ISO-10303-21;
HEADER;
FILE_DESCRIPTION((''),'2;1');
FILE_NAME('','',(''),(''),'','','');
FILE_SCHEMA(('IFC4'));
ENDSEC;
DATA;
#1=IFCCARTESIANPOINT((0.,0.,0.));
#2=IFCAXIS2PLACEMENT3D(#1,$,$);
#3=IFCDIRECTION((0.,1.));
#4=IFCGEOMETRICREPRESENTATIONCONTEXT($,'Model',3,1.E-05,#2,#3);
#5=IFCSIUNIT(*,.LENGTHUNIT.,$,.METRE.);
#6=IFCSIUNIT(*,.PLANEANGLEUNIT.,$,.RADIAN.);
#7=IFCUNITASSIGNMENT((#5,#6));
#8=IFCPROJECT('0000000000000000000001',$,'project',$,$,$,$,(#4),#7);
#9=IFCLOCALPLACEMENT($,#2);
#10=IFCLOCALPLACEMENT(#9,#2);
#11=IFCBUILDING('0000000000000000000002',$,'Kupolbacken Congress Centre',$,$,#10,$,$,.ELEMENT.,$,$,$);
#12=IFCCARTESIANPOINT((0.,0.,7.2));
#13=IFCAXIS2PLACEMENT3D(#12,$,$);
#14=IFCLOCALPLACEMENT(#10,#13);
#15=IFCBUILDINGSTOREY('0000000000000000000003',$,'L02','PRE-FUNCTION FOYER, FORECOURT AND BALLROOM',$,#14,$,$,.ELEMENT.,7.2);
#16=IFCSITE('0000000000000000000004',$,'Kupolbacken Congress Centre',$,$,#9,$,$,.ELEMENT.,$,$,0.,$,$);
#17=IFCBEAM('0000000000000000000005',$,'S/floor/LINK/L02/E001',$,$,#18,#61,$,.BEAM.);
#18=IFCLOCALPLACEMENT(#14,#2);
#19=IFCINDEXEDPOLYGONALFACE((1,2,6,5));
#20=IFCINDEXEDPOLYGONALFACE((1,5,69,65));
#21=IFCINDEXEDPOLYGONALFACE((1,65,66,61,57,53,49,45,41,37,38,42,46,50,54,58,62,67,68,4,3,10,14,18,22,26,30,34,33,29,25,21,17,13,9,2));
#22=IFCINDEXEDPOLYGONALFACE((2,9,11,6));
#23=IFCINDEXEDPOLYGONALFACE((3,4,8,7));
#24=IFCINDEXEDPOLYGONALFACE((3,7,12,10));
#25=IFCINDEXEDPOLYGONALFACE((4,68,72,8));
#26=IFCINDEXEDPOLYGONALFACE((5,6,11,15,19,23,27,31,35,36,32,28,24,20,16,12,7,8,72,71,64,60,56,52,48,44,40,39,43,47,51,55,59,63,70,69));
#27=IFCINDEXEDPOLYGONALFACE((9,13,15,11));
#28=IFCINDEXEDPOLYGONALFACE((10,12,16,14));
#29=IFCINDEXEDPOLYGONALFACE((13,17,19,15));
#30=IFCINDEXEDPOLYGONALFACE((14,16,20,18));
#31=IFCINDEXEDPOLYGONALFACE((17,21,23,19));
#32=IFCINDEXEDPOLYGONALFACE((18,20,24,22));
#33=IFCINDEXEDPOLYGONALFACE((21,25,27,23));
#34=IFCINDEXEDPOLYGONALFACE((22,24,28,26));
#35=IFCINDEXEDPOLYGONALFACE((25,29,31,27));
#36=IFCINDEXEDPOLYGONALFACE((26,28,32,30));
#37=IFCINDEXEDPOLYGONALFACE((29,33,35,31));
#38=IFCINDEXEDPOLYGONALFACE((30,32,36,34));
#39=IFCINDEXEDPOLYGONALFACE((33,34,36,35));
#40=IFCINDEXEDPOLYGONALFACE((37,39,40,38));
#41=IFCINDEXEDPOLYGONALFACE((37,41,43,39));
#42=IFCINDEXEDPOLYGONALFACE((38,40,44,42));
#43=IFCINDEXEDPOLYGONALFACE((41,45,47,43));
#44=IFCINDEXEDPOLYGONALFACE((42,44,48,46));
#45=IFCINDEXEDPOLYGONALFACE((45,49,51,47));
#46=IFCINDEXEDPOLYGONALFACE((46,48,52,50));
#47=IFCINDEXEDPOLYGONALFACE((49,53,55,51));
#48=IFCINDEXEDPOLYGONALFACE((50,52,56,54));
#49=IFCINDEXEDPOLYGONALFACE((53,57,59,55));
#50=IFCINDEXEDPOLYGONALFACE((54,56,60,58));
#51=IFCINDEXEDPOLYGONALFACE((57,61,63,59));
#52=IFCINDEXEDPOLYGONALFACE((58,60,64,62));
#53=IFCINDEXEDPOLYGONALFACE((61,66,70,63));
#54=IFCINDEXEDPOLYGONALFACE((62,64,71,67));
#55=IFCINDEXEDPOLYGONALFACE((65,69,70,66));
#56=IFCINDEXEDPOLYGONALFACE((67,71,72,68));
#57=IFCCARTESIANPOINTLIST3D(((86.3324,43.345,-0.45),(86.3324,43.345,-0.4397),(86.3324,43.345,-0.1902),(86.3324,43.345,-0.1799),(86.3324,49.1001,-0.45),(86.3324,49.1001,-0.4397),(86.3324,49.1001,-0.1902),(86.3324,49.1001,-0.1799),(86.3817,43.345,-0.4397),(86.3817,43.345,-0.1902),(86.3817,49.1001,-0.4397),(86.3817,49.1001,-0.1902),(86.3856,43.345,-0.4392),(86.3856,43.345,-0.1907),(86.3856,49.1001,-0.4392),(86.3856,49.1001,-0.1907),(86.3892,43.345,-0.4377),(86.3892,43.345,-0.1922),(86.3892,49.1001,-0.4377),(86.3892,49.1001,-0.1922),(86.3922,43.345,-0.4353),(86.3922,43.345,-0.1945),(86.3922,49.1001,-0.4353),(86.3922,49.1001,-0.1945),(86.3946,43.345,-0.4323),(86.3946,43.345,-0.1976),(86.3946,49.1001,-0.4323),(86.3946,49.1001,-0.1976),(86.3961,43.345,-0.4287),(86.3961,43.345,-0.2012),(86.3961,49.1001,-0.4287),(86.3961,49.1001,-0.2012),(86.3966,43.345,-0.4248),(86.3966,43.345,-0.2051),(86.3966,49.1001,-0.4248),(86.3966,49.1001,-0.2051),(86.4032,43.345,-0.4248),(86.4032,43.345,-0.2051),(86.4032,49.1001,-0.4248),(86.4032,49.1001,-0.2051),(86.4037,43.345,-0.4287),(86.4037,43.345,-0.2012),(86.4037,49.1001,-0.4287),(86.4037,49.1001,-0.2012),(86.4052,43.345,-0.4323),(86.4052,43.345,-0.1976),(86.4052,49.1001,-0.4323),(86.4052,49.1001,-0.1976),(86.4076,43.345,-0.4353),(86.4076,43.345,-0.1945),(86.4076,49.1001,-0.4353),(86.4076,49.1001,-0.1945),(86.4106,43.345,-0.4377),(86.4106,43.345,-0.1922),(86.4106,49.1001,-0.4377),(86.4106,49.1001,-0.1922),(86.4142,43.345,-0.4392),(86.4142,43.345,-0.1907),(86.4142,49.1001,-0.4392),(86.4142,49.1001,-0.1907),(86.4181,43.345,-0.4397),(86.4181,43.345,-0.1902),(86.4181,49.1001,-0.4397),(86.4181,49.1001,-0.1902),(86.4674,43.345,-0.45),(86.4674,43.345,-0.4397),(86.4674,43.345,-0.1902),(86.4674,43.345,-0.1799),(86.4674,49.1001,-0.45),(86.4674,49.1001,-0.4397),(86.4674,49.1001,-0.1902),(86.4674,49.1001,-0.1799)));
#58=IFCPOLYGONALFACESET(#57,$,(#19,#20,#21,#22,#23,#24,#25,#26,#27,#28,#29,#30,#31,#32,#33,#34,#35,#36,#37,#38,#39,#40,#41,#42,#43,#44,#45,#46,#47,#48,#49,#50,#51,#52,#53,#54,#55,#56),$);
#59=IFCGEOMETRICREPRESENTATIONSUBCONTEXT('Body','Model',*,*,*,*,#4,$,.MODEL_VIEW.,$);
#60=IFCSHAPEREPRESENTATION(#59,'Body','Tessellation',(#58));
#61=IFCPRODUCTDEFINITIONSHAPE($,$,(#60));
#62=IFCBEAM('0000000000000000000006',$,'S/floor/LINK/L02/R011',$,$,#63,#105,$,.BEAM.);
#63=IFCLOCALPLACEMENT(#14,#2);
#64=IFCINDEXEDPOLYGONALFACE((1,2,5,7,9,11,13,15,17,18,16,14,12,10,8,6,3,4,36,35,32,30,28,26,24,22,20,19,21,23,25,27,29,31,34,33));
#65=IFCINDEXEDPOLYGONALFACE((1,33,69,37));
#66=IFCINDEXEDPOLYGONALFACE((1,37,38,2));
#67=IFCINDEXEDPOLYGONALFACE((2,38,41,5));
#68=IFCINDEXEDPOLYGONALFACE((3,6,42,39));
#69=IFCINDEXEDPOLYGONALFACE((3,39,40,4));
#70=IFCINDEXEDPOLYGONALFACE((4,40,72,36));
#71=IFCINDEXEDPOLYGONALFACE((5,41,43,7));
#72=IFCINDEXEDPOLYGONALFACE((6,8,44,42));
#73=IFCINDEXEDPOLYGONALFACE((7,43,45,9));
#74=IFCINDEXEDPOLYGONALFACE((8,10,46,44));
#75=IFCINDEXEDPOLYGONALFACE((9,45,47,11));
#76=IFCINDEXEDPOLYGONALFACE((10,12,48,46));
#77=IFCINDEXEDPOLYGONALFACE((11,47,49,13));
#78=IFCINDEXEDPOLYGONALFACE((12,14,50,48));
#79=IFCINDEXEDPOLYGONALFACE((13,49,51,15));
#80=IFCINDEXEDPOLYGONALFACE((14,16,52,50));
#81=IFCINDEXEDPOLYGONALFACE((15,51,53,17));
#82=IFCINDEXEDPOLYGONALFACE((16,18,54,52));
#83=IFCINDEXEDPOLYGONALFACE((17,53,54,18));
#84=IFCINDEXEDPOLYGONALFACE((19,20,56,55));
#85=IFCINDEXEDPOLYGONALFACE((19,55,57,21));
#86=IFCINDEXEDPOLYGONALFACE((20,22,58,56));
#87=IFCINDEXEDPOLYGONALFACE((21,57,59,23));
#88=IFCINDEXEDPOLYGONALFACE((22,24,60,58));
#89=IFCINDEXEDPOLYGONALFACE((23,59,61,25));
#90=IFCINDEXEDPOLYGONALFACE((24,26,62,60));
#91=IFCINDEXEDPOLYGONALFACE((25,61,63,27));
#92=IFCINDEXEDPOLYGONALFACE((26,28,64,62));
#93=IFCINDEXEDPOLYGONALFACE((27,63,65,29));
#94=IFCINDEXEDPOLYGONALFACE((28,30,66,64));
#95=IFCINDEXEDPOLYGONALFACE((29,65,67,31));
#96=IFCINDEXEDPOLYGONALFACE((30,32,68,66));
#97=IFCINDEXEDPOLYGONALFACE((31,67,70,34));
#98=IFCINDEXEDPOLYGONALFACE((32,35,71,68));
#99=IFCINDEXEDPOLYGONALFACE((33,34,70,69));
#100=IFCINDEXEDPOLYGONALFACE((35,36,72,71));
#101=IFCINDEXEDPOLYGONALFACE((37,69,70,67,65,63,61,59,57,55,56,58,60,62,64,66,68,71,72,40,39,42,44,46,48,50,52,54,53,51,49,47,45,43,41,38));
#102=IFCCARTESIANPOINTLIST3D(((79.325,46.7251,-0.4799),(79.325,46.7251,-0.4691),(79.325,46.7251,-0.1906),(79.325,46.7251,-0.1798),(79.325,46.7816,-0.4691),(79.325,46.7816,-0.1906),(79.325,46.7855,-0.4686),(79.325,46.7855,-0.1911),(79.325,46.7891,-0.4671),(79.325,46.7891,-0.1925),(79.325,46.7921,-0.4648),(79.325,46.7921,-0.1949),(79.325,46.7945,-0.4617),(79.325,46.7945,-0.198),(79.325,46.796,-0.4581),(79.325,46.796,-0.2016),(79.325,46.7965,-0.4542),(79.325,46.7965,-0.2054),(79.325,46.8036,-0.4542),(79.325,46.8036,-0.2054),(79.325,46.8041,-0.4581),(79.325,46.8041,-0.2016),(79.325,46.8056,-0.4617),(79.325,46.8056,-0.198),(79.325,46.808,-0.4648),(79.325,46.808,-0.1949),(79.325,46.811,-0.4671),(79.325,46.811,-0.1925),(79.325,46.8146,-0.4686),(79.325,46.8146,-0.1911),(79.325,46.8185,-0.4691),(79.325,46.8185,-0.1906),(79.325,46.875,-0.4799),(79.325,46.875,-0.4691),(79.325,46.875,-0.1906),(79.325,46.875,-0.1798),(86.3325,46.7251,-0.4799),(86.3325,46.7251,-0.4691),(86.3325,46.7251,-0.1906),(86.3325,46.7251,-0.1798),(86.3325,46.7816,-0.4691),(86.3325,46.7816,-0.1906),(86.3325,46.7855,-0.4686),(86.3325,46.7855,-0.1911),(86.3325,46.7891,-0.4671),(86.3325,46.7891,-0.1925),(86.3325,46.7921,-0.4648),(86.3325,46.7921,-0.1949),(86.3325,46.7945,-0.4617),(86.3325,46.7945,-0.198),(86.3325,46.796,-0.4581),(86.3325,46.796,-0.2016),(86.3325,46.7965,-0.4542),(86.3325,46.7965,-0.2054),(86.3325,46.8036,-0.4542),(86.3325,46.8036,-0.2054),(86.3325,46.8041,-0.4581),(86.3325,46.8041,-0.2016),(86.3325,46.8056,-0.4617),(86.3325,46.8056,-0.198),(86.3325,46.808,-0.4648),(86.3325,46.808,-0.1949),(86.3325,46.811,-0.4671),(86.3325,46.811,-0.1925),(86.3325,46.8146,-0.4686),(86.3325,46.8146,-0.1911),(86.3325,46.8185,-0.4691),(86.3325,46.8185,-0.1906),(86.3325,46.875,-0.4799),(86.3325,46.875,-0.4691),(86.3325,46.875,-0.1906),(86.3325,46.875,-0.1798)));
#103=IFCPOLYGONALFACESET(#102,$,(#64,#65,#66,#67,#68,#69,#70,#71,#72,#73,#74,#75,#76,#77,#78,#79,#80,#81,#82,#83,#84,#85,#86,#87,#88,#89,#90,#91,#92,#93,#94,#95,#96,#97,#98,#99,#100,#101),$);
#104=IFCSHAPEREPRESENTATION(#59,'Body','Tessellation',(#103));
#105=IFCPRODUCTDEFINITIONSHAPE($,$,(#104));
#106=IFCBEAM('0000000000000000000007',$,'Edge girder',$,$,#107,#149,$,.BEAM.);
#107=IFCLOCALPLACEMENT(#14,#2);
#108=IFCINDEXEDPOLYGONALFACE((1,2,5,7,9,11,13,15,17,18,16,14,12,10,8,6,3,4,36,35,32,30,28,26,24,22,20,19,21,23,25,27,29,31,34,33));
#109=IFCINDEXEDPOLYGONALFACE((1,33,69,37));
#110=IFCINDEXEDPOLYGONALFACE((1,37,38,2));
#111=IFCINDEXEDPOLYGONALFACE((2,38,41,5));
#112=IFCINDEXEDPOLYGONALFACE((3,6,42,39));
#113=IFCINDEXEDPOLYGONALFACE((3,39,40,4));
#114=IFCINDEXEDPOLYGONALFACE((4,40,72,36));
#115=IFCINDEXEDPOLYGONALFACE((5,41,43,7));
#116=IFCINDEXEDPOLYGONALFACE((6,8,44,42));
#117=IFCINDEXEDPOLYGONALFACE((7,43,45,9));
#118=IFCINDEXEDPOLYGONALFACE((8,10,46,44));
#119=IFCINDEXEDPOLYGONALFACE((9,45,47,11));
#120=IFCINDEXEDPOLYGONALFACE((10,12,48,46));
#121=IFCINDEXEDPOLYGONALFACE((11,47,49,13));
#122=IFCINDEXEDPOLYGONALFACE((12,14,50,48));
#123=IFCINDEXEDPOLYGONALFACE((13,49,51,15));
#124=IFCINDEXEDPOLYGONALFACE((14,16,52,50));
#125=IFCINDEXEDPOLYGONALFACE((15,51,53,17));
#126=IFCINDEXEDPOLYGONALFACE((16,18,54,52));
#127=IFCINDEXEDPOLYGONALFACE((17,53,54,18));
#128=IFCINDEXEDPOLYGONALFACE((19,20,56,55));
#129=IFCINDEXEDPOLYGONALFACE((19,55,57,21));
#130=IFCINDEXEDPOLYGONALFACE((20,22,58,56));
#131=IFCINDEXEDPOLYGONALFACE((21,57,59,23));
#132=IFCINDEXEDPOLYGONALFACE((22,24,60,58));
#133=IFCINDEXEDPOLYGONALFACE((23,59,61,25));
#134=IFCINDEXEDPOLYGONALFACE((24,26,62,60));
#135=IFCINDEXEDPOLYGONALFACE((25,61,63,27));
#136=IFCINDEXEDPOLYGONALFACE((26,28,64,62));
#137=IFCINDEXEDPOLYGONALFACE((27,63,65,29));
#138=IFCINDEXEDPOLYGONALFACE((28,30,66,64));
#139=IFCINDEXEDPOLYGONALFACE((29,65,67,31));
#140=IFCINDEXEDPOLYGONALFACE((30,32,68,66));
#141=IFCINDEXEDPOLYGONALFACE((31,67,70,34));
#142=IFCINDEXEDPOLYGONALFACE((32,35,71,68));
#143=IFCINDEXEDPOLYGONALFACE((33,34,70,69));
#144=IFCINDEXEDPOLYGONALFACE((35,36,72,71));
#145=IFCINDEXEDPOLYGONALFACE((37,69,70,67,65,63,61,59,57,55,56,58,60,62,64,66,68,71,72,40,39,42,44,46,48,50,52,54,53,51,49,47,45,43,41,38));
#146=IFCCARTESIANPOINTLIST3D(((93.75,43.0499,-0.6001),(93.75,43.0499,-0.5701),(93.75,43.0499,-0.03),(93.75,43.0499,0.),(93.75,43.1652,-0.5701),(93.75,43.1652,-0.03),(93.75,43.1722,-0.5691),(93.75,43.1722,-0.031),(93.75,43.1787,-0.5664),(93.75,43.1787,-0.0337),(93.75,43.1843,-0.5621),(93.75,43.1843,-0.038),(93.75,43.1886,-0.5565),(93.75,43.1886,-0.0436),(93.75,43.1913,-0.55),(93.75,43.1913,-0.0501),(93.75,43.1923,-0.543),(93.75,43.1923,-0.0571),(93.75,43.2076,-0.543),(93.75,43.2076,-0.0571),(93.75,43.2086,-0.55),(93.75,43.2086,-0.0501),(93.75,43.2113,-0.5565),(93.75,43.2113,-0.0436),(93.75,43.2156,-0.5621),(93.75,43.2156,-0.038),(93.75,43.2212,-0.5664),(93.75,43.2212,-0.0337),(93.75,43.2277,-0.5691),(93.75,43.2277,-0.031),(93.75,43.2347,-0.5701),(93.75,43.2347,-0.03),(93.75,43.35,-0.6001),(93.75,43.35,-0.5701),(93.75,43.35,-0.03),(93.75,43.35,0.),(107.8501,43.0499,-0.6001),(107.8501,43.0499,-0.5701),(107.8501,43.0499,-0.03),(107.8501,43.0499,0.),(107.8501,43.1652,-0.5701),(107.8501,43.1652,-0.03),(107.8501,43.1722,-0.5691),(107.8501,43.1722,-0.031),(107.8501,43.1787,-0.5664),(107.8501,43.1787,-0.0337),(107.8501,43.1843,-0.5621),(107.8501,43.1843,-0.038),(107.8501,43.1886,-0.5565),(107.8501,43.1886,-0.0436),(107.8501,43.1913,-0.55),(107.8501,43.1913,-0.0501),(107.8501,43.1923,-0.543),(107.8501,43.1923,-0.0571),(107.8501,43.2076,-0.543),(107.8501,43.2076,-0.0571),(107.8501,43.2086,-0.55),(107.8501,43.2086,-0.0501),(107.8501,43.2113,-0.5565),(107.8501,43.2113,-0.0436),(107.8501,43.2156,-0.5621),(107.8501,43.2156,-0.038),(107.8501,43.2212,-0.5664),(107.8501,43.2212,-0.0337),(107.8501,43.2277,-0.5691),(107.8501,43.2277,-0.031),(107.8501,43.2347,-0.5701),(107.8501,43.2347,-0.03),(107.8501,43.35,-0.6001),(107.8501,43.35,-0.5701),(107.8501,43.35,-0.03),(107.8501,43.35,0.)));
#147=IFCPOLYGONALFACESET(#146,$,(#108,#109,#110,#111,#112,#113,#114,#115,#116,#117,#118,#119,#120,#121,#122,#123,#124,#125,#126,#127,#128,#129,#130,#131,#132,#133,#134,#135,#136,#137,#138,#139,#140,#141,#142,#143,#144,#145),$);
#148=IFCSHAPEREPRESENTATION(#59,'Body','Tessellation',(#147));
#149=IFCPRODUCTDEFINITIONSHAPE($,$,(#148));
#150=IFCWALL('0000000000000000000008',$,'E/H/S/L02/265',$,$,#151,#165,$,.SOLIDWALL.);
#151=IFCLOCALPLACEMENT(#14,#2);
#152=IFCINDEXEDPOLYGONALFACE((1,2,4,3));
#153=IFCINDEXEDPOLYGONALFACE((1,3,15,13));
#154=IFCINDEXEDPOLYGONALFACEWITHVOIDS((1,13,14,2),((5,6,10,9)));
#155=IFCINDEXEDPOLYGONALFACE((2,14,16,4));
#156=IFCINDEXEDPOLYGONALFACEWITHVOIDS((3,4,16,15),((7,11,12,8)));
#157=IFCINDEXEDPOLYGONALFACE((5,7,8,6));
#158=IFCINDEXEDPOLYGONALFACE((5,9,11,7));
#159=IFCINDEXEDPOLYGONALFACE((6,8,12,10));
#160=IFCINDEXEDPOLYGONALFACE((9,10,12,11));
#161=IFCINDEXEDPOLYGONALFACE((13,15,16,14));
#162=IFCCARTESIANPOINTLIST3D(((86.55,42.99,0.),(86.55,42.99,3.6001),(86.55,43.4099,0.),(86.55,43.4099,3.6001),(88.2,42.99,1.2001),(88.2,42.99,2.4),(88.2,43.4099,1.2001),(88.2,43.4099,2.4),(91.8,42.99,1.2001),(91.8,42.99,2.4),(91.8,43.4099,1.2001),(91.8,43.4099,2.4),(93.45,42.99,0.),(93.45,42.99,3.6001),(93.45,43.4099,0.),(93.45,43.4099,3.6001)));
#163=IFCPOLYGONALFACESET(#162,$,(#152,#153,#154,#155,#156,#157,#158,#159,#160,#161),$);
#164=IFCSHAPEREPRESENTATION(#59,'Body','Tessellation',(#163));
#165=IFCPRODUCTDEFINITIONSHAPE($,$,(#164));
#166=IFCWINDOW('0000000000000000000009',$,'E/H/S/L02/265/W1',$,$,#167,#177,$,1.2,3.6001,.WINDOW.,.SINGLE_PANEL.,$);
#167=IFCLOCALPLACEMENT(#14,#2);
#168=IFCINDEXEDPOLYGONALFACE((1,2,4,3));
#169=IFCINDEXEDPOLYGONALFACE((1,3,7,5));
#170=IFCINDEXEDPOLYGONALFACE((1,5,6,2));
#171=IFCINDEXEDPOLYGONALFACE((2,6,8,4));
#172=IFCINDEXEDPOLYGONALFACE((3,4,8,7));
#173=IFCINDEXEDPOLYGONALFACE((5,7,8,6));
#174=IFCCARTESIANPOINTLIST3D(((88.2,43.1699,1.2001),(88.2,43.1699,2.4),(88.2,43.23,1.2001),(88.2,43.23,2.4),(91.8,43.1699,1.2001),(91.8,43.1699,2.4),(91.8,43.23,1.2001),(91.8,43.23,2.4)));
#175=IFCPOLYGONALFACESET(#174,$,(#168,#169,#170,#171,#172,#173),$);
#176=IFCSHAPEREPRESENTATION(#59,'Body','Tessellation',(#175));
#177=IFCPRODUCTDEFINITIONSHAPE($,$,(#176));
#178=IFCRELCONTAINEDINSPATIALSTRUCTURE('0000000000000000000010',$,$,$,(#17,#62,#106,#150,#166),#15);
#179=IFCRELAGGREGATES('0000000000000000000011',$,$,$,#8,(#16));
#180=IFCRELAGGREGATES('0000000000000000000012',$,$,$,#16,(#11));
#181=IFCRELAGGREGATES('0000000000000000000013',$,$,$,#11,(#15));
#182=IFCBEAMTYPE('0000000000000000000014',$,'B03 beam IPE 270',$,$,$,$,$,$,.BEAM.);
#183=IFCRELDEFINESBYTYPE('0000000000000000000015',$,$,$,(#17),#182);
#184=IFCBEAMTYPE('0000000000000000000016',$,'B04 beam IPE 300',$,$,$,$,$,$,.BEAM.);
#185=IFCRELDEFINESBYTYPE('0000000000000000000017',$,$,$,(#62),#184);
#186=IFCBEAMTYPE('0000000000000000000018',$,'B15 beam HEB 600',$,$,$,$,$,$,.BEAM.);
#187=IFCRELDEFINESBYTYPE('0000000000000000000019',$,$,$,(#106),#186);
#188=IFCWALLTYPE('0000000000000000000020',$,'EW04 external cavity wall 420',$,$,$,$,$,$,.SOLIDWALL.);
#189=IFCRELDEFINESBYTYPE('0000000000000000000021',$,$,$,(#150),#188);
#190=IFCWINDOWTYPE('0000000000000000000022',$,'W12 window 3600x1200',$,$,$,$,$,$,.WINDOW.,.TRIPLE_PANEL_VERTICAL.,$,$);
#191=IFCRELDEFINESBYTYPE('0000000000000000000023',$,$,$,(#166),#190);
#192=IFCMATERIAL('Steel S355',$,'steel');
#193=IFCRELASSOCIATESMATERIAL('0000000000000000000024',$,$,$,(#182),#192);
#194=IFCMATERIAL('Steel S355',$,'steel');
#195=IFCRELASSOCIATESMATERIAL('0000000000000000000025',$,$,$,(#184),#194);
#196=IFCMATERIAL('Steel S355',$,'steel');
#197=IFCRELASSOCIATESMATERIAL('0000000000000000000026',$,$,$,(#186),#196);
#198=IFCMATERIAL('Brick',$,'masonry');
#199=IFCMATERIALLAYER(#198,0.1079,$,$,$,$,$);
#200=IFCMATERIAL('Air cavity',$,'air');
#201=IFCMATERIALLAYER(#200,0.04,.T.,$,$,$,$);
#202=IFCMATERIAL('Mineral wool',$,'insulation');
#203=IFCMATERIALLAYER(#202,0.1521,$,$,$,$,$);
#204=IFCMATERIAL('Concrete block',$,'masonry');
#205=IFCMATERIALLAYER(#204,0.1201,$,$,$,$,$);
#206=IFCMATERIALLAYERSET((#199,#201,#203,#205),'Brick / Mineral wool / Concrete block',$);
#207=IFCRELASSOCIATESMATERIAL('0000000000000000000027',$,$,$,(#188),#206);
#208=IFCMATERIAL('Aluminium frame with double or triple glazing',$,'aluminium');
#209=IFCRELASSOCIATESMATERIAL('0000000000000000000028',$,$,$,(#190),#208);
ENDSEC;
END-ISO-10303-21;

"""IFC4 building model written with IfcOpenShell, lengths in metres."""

from ifc_helpers import new_model, si_unit, direction, frame, frame_2d, origin, origin_2d, place, context, subcontext, project, spatial, rectangle, i_section, extrude, material, layer, layer_set, material_profile, profile_set, type_object, element, fill, save


model = new_model("IFC4")

# Units and contexts
model_context = context("Model", 3, precision=1e-05, world=origin(), true_north=direction((0.0, 1.0)))
body_context = subcontext(model_context, "Body", "Model", "MODEL_VIEW")
ifc_project = project(units=[si_unit("LENGTHUNIT", "METRE"), si_unit("PLANEANGLEUNIT", "RADIAN")], contexts=[model_context])

# Site, building, storey
site_placement = place(None, origin())
site = spatial("IfcSite", under=ifc_project, at=site_placement, Name="Kupolbacken Congress Centre", CompositionType="ELEMENT", RefElevation=0.0)
building_placement = place(site_placement, origin())
building = spatial("IfcBuilding", under=site, at=building_placement, Name="Kupolbacken Congress Centre", CompositionType="ELEMENT")
storey_placement = place(building_placement, frame((0.0, 0.0, 7.2)))
storey = spatial("IfcBuildingStorey", under=building, at=storey_placement, Name="L02", Description="PRE-FUNCTION FOYER, FORECOURT AND BALLROOM", CompositionType="ELEMENT", Elevation=7.2)

# Beams
ifc_material_1 = material(Name="Steel S355", Category="steel")
ifc_material_profile_1 = material_profile(ifc_material_1, i_section(OverallWidth=0.135, OverallDepth=0.27, WebThickness=0.0066, FlangeThickness=0.0103, FilletRadius=0.0149, at=origin_2d()), Name="IPE 270")
ifc_profile_set_1 = profile_set([ifc_material_profile_1], Name="Steel S355")
beam_type_1 = type_object("IfcBeamType", Name="B03 beam IPE 270", PredefinedType="BEAM", material=ifc_profile_set_1)
beam_1_placement = place(storey_placement, frame((86.3999, 43.345, -0.3149), z_axis=(0.0, 1.0, 0.0), x_axis=(-1.0, 0.0, 0.0)))
element("IfcBeam", 1, at=beam_1_placement, inside=storey, type_object=beam_type_1, Name="S/floor/LINK/L02/E001", PredefinedType="BEAM", context=body_context, shape_type="SweptSolid", body=[
    extrude(i_section(OverallWidth=0.135, OverallDepth=0.27, WebThickness=0.0066, FlangeThickness=0.0103, FilletRadius=0.0149, at=origin_2d()), origin(), (0.0, 0.0, 1.0), 5.7551),
])
ifc_material_2 = material(Name="Steel S355", Category="steel")
ifc_material_profile_2 = material_profile(ifc_material_2, i_section(OverallWidth=0.1499, OverallDepth=0.3, WebThickness=0.0071, FlangeThickness=0.0107, FilletRadius=0.0149, at=origin_2d()), Name="IPE 300")
ifc_profile_set_2 = profile_set([ifc_material_profile_2], Name="Steel S355")
beam_type_2 = type_object("IfcBeamType", Name="B04 beam IPE 300", PredefinedType="BEAM", material=ifc_profile_set_2)
beam_2_placement = place(storey_placement, frame((79.325, 46.8, -0.3298), z_axis=(1.0, 0.0, 0.0), x_axis=(0.0, 1.0, 0.0)))
element("IfcBeam", 2, at=beam_2_placement, inside=storey, type_object=beam_type_2, Name="S/floor/LINK/L02/R011", PredefinedType="BEAM", context=body_context, shape_type="SweptSolid", body=[
    extrude(i_section(OverallWidth=0.1499, OverallDepth=0.3, WebThickness=0.0071, FlangeThickness=0.0107, FilletRadius=0.0149, at=origin_2d()), origin(), (0.0, 0.0, 1.0), 7.0076),
])
ifc_material_3 = material(Name="Steel S355", Category="steel")
ifc_material_profile_3 = material_profile(ifc_material_3, i_section(OverallWidth=0.3, OverallDepth=0.6001, WebThickness=0.0154, FlangeThickness=0.03, FilletRadius=0.0271, at=origin_2d()), Name="HEB 600")
ifc_profile_set_3 = profile_set([ifc_material_profile_3], Name="Steel S355")
beam_type_3 = type_object("IfcBeamType", Name="B15 beam HEB 600", PredefinedType="BEAM", material=ifc_profile_set_3)
beam_3_placement = place(storey_placement, frame((93.75, 43.2, -0.3), z_axis=(1.0, 0.0, 0.0), x_axis=(0.0, 1.0, 0.0)))
element("IfcBeam", 3, at=beam_3_placement, inside=storey, type_object=beam_type_3, Name="Edge girder", PredefinedType="BEAM", context=body_context, shape_type="SweptSolid", body=[
    extrude(i_section(OverallWidth=0.3, OverallDepth=0.6001, WebThickness=0.0154, FlangeThickness=0.03, FilletRadius=0.0271, at=origin_2d()), origin(), (0.0, 0.0, 1.0), 14.1001),
])

# Wall, opening, window
ifc_material_4 = material(Name="Brick", Category="masonry")
ifc_layer_1 = layer(ifc_material_4, 0.1079)
ifc_material_5 = material(Name="Air cavity", Category="air")
ifc_layer_2 = layer(ifc_material_5, 0.04, ventilated=True)
ifc_material_6 = material(Name="Mineral wool", Category="insulation")
ifc_layer_3 = layer(ifc_material_6, 0.1521)
ifc_material_7 = material(Name="Concrete block", Category="masonry")
ifc_layer_4 = layer(ifc_material_7, 0.1201)
ifc_layer_set_1 = layer_set([ifc_layer_1, ifc_layer_2, ifc_layer_3, ifc_layer_4], Name="Brick / Mineral wool / Concrete block")
wall_type_1 = type_object("IfcWallType", Name="EW04 external cavity wall 420", PredefinedType="SOLIDWALL", material=ifc_layer_set_1)
wall_1_placement = place(storey_placement, frame((86.55, 43.2, 0.0), z_axis=(0.0, 0.0, 1.0), x_axis=(1.0, 0.0, 0.0)))
wall_1 = element("IfcWall", 4, at=wall_1_placement, inside=storey, type_object=wall_type_1, Name="E/H/S/L02/265", PredefinedType="SOLIDWALL", context=body_context, shape_type="SweptSolid", body=[
    extrude(rectangle(XDim=6.8999, YDim=0.4199, at=frame_2d((3.45, 0.0))), origin(), (0.0, 0.0, 1.0), 3.6001),
])
opening_1_placement = place(wall_1_placement, frame((1.6499, 0.0, 1.2)))
opening_1 = element("IfcOpeningElement", 5, at=opening_1_placement, cuts=wall_1, PredefinedType="OPENING", context=body_context, shape_type="SweptSolid", body=[
    extrude(rectangle(XDim=3.6001, YDim=1.2, at=frame_2d((1.8, 0.6001))), frame((0.0, 0.22, 0.0), z_axis=(0.0, -1.0, 0.0), x_axis=(1.0, 0.0, 0.0)), (0.0, 0.0, 1.0), 0.4399),
])
ifc_material_8 = material(Name="Aluminium frame with double or triple glazing", Category="aluminium")
window_type = type_object("IfcWindowType", Name="W12 window 3600x1200", PartitioningType="TRIPLE_PANEL_VERTICAL", PredefinedType="WINDOW", material=ifc_material_8)
window_1_placement = place(opening_1_placement, origin())
window_1 = element("IfcWindow", 6, at=window_1_placement, inside=storey, type_object=window_type, Name="E/H/S/L02/265/W1", OverallHeight=1.2, OverallWidth=3.6001, PartitioningType="SINGLE_PANEL", PredefinedType="WINDOW", context=body_context, shape_type="SweptSolid", body=[
    extrude(rectangle(XDim=3.6001, YDim=1.2, at=frame_2d((1.8, 0.6001))), frame((0.0, 0.03, 0.0), z_axis=(0.0, -1.0, 0.0), x_axis=(1.0, 0.0, 0.0)), (0.0, 0.0, 1.0), 0.0601),
])
fill(opening_1, window_1)

save(model, "model.ifc")
